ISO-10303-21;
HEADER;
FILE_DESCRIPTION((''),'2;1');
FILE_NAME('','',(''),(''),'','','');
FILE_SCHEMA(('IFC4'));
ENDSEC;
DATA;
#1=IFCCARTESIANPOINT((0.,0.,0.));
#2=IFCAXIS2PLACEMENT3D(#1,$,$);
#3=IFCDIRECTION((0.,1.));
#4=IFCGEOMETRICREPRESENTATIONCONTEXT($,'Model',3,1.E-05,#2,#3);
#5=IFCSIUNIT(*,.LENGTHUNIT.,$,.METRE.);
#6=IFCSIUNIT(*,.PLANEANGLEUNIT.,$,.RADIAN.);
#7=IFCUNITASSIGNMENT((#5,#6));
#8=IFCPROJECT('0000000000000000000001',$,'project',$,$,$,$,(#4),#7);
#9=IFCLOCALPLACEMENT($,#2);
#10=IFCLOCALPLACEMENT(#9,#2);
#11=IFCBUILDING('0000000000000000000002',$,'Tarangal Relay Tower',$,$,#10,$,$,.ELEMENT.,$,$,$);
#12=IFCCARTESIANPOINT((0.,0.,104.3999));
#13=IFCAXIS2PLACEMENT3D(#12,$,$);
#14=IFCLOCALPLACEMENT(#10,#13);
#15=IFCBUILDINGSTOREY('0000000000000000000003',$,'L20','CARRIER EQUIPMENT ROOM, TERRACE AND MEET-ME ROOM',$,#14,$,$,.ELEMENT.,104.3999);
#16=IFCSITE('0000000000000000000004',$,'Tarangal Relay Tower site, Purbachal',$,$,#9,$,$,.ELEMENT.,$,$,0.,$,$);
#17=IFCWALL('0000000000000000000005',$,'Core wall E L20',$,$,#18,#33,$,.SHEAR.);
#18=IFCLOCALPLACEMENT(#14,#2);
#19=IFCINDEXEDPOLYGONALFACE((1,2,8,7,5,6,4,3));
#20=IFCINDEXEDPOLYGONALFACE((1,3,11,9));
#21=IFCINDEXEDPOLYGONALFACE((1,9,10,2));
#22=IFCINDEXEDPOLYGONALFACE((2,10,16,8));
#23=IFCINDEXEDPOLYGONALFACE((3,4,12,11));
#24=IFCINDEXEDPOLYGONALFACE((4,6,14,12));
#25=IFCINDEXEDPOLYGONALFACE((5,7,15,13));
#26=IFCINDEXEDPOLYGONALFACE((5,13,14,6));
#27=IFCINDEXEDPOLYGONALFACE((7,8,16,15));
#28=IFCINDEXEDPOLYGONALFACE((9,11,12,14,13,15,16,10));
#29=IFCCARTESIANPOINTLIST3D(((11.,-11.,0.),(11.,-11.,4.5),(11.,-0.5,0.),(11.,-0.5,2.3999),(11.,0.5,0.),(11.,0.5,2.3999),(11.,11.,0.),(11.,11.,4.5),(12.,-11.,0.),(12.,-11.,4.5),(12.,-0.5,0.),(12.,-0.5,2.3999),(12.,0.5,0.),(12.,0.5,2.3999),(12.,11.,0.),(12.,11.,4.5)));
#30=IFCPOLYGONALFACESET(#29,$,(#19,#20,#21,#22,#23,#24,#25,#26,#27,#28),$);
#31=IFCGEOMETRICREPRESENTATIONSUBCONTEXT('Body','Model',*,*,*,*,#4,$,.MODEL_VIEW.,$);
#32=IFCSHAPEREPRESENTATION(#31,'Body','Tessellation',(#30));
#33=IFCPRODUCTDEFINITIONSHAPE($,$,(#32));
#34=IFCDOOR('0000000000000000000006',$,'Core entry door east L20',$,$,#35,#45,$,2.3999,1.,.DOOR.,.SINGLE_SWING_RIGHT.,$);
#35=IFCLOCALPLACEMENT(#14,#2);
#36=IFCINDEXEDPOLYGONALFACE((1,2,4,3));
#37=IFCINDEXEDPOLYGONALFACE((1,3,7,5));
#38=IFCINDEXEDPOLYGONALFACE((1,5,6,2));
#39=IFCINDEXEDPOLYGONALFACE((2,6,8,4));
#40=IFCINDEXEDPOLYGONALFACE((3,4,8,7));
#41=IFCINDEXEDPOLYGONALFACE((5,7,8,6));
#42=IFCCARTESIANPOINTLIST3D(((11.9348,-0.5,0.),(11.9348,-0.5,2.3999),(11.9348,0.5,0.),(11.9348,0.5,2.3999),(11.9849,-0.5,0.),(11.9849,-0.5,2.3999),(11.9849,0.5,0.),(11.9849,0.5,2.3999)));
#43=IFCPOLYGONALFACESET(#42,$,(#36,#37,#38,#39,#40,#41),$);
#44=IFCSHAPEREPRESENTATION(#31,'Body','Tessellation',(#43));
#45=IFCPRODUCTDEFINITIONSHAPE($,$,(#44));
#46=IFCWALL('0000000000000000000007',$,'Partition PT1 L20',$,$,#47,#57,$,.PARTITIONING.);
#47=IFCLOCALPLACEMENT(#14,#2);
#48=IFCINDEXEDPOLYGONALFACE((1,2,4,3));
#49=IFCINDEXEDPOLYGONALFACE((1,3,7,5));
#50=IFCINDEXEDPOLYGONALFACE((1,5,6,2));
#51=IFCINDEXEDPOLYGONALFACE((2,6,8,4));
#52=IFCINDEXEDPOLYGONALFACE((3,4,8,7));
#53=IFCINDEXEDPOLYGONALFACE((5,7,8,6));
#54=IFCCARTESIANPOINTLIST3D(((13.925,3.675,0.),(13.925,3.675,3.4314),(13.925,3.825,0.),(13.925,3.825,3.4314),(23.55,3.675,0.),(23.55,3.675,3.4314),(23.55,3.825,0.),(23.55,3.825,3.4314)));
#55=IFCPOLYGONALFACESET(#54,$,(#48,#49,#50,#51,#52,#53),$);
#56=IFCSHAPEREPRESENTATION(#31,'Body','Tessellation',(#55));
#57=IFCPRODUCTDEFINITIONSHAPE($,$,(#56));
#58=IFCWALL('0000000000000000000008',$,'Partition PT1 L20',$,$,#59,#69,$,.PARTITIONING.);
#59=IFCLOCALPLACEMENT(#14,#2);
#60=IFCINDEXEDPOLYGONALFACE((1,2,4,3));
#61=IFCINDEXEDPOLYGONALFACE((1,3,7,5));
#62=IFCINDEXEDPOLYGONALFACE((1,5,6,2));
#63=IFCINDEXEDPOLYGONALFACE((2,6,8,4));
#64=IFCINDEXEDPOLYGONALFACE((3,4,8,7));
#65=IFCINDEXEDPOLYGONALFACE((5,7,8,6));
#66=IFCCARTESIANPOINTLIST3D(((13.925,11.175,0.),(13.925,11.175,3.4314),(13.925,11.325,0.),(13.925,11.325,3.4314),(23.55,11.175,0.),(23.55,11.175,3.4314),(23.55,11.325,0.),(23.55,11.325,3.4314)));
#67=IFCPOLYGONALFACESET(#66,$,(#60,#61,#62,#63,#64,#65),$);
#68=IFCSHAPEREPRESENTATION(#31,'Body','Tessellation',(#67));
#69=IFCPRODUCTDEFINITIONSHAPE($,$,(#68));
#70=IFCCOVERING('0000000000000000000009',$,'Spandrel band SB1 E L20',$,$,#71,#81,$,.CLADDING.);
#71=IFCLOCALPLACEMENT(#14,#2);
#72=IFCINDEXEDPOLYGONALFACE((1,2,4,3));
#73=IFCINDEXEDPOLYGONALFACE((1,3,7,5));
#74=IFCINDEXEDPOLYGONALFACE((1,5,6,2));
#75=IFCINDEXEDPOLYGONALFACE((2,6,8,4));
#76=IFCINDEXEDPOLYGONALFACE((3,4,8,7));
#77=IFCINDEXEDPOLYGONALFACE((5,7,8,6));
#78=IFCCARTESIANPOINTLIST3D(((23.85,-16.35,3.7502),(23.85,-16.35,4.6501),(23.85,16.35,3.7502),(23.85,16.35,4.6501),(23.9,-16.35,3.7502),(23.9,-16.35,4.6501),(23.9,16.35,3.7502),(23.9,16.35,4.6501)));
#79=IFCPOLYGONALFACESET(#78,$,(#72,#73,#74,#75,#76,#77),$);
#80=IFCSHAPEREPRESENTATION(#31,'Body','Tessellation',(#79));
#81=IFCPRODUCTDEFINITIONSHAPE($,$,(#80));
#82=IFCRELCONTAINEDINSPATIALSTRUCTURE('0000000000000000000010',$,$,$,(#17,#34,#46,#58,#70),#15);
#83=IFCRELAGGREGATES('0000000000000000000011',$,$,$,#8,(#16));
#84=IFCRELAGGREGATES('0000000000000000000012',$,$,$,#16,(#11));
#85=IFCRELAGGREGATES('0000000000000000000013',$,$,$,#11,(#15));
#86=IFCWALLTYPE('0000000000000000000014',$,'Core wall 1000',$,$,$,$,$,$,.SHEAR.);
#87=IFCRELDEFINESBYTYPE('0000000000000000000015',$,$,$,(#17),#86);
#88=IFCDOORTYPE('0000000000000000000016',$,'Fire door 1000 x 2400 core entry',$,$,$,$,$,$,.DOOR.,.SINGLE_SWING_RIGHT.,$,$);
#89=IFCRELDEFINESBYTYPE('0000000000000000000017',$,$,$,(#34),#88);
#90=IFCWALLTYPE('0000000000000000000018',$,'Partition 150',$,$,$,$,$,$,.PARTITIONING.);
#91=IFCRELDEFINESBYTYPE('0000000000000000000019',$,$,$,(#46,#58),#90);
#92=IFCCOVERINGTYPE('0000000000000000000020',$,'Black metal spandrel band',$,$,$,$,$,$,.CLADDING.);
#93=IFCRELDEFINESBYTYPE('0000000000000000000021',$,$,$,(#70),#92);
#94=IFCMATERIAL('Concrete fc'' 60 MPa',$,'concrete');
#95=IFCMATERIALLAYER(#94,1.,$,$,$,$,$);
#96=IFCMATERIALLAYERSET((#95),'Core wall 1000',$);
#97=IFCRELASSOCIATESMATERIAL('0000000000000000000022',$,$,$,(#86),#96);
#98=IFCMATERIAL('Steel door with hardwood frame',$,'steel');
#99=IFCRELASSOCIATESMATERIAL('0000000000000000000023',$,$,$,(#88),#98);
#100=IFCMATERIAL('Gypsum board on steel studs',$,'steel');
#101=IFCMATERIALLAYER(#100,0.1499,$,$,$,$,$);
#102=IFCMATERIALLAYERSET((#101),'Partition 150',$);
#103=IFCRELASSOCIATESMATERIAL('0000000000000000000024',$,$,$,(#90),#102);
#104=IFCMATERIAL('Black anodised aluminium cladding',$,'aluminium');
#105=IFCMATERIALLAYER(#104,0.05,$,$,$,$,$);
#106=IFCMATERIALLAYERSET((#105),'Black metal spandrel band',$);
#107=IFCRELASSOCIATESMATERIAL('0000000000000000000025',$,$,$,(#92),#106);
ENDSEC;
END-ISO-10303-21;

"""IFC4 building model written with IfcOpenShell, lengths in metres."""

from ifc_helpers import new_model, si_unit, direction, frame, frame_2d, origin, origin_2d, place, context, subcontext, project, spatial, rectangle, extrude, material, layer, layer_set, type_object, element, fill, save


model = new_model("IFC4")

# Units and contexts
model_context = context("Model", 3, precision=1e-05, world=origin(), true_north=direction((0.0, 1.0)))
body_context = subcontext(model_context, "Body", "Model", "MODEL_VIEW")
ifc_project = project(units=[si_unit("LENGTHUNIT", "METRE"), si_unit("PLANEANGLEUNIT", "RADIAN")], contexts=[model_context])

# Site, building, storey
site_placement = place(None, origin())
site = spatial("IfcSite", under=ifc_project, at=site_placement, Name="Tarangal Relay Tower site, Purbachal", CompositionType="ELEMENT", RefElevation=0.0)
building_placement = place(site_placement, origin())
building = spatial("IfcBuilding", under=site, at=building_placement, Name="Tarangal Relay Tower", CompositionType="ELEMENT")
storey_placement = place(building_placement, frame((0.0, 0.0, 104.3999)))
storey = spatial("IfcBuildingStorey", under=building, at=storey_placement, Name="L20", Description="CARRIER EQUIPMENT ROOM, TERRACE AND MEET-ME ROOM", CompositionType="ELEMENT", Elevation=104.3999)

# Wall, opening, door
ifc_material_1 = material(Name="Concrete fc' 60 MPa", Category="concrete")
ifc_layer_1 = layer(ifc_material_1, 1.0)
ifc_layer_set_1 = layer_set([ifc_layer_1], Name="Core wall 1000")
wall_type_1 = type_object("IfcWallType", Name="Core wall 1000", PredefinedType="SHEAR", material=ifc_layer_set_1)
wall_placement = place(storey_placement, frame((11.5, 11.0, 0.0), z_axis=(0.0, 0.0, 1.0), x_axis=(0.0, -1.0, 0.0)))
wall = element("IfcWall", 1, at=wall_placement, inside=storey, type_object=wall_type_1, Name="Core wall E L20", PredefinedType="SHEAR", context=body_context, shape_type="SweptSolid", body=[
    extrude(rectangle(XDim=22.0, YDim=1.0, at=frame_2d((11.0, 0.0))), origin(), (0.0, 0.0, 1.0), 4.5),
])
opening_placement = place(wall_placement, frame((10.5, 0.0, 0.0)))
opening = element("IfcOpeningElement", 2, at=opening_placement, cuts=wall, PredefinedType="OPENING", context=body_context, shape_type="SweptSolid", body=[
    extrude(rectangle(XDim=1.0, YDim=2.3999, at=frame_2d((0.5, 1.2))), frame((0.0, 0.51, 0.0), z_axis=(0.0, -1.0, 0.0), x_axis=(1.0, 0.0, 0.0)), (0.0, 0.0, 1.0), 1.02),
])
ifc_material_2 = material(Name="Steel door with hardwood frame", Category="steel")
door_type = type_object("IfcDoorType", Name="Fire door 1000 x 2400 core entry", OperationType="SINGLE_SWING_RIGHT", PredefinedType="DOOR", material=ifc_material_2)
door_placement = place(opening_placement, origin())
door = element("IfcDoor", 3, at=door_placement, inside=storey, type_object=door_type, Name="Core entry door east L20", OperationType="SINGLE_SWING_RIGHT", OverallHeight=2.3999, OverallWidth=1.0, PredefinedType="DOOR", context=body_context, shape_type="SweptSolid", body=[
    extrude(rectangle(XDim=1.0, YDim=2.3999, at=frame_2d((0.5, 1.2))), frame((0.0, 0.4849, 0.0), z_axis=(0.0, -1.0, 0.0), x_axis=(1.0, 0.0, 0.0)), (0.0, 0.0, 1.0), 0.05),
])
fill(opening, door)

# Walls
ifc_material_3 = material(Name="Gypsum board on steel studs", Category="steel")
ifc_layer_2 = layer(ifc_material_3, 0.1499)
ifc_layer_set_2 = layer_set([ifc_layer_2], Name="Partition 150")
wall_type_2 = type_object("IfcWallType", Name="Partition 150", PredefinedType="PARTITIONING", material=ifc_layer_set_2)
for number, where, z_axis, x_axis, name in (
    (4, (13.925, 3.75, 0.0), (0.0, 0.0, 1.0), (1.0, 0.0, 0.0), "Partition PT1 L20"),
    (5, (13.925, 11.25, 0.0), (0.0, 0.0, 1.0), (1.0, 0.0, 0.0), "Partition PT1 L20"),
):
    element("IfcWall", number, at=place(storey_placement, frame(where, z_axis=z_axis, x_axis=x_axis)), inside=storey, type_object=wall_type_2, Name=name, PredefinedType="PARTITIONING", context=body_context, shape_type="SweptSolid", body=[
        extrude(rectangle(XDim=9.625, YDim=0.1499, at=frame_2d((4.8125, 0.0))), origin(), (0.0, 0.0, 1.0), 3.4314),
    ])

# Covering
ifc_material_4 = material(Name="Black anodised aluminium cladding", Category="aluminium")
ifc_layer_3 = layer(ifc_material_4, 0.05)
ifc_layer_set_3 = layer_set([ifc_layer_3], Name="Black metal spandrel band")
covering_type = type_object("IfcCoveringType", Name="Black metal spandrel band", PredefinedType="CLADDING", material=ifc_layer_set_3)
covering_placement = place(storey_placement, frame((23.875, 0.0, 3.7502), z_axis=(0.0, 0.0, 1.0), x_axis=(0.0, -1.0, 0.0)))
element("IfcCovering", 6, at=covering_placement, inside=storey, type_object=covering_type, Name="Spandrel band SB1 E L20", PredefinedType="CLADDING", context=body_context, shape_type="SweptSolid", body=[
    extrude(rectangle(XDim=32.7, YDim=0.05, at=origin_2d()), origin(), (0.0, 0.0, 1.0), 0.8999),
])

save(model, "model.ifc")
